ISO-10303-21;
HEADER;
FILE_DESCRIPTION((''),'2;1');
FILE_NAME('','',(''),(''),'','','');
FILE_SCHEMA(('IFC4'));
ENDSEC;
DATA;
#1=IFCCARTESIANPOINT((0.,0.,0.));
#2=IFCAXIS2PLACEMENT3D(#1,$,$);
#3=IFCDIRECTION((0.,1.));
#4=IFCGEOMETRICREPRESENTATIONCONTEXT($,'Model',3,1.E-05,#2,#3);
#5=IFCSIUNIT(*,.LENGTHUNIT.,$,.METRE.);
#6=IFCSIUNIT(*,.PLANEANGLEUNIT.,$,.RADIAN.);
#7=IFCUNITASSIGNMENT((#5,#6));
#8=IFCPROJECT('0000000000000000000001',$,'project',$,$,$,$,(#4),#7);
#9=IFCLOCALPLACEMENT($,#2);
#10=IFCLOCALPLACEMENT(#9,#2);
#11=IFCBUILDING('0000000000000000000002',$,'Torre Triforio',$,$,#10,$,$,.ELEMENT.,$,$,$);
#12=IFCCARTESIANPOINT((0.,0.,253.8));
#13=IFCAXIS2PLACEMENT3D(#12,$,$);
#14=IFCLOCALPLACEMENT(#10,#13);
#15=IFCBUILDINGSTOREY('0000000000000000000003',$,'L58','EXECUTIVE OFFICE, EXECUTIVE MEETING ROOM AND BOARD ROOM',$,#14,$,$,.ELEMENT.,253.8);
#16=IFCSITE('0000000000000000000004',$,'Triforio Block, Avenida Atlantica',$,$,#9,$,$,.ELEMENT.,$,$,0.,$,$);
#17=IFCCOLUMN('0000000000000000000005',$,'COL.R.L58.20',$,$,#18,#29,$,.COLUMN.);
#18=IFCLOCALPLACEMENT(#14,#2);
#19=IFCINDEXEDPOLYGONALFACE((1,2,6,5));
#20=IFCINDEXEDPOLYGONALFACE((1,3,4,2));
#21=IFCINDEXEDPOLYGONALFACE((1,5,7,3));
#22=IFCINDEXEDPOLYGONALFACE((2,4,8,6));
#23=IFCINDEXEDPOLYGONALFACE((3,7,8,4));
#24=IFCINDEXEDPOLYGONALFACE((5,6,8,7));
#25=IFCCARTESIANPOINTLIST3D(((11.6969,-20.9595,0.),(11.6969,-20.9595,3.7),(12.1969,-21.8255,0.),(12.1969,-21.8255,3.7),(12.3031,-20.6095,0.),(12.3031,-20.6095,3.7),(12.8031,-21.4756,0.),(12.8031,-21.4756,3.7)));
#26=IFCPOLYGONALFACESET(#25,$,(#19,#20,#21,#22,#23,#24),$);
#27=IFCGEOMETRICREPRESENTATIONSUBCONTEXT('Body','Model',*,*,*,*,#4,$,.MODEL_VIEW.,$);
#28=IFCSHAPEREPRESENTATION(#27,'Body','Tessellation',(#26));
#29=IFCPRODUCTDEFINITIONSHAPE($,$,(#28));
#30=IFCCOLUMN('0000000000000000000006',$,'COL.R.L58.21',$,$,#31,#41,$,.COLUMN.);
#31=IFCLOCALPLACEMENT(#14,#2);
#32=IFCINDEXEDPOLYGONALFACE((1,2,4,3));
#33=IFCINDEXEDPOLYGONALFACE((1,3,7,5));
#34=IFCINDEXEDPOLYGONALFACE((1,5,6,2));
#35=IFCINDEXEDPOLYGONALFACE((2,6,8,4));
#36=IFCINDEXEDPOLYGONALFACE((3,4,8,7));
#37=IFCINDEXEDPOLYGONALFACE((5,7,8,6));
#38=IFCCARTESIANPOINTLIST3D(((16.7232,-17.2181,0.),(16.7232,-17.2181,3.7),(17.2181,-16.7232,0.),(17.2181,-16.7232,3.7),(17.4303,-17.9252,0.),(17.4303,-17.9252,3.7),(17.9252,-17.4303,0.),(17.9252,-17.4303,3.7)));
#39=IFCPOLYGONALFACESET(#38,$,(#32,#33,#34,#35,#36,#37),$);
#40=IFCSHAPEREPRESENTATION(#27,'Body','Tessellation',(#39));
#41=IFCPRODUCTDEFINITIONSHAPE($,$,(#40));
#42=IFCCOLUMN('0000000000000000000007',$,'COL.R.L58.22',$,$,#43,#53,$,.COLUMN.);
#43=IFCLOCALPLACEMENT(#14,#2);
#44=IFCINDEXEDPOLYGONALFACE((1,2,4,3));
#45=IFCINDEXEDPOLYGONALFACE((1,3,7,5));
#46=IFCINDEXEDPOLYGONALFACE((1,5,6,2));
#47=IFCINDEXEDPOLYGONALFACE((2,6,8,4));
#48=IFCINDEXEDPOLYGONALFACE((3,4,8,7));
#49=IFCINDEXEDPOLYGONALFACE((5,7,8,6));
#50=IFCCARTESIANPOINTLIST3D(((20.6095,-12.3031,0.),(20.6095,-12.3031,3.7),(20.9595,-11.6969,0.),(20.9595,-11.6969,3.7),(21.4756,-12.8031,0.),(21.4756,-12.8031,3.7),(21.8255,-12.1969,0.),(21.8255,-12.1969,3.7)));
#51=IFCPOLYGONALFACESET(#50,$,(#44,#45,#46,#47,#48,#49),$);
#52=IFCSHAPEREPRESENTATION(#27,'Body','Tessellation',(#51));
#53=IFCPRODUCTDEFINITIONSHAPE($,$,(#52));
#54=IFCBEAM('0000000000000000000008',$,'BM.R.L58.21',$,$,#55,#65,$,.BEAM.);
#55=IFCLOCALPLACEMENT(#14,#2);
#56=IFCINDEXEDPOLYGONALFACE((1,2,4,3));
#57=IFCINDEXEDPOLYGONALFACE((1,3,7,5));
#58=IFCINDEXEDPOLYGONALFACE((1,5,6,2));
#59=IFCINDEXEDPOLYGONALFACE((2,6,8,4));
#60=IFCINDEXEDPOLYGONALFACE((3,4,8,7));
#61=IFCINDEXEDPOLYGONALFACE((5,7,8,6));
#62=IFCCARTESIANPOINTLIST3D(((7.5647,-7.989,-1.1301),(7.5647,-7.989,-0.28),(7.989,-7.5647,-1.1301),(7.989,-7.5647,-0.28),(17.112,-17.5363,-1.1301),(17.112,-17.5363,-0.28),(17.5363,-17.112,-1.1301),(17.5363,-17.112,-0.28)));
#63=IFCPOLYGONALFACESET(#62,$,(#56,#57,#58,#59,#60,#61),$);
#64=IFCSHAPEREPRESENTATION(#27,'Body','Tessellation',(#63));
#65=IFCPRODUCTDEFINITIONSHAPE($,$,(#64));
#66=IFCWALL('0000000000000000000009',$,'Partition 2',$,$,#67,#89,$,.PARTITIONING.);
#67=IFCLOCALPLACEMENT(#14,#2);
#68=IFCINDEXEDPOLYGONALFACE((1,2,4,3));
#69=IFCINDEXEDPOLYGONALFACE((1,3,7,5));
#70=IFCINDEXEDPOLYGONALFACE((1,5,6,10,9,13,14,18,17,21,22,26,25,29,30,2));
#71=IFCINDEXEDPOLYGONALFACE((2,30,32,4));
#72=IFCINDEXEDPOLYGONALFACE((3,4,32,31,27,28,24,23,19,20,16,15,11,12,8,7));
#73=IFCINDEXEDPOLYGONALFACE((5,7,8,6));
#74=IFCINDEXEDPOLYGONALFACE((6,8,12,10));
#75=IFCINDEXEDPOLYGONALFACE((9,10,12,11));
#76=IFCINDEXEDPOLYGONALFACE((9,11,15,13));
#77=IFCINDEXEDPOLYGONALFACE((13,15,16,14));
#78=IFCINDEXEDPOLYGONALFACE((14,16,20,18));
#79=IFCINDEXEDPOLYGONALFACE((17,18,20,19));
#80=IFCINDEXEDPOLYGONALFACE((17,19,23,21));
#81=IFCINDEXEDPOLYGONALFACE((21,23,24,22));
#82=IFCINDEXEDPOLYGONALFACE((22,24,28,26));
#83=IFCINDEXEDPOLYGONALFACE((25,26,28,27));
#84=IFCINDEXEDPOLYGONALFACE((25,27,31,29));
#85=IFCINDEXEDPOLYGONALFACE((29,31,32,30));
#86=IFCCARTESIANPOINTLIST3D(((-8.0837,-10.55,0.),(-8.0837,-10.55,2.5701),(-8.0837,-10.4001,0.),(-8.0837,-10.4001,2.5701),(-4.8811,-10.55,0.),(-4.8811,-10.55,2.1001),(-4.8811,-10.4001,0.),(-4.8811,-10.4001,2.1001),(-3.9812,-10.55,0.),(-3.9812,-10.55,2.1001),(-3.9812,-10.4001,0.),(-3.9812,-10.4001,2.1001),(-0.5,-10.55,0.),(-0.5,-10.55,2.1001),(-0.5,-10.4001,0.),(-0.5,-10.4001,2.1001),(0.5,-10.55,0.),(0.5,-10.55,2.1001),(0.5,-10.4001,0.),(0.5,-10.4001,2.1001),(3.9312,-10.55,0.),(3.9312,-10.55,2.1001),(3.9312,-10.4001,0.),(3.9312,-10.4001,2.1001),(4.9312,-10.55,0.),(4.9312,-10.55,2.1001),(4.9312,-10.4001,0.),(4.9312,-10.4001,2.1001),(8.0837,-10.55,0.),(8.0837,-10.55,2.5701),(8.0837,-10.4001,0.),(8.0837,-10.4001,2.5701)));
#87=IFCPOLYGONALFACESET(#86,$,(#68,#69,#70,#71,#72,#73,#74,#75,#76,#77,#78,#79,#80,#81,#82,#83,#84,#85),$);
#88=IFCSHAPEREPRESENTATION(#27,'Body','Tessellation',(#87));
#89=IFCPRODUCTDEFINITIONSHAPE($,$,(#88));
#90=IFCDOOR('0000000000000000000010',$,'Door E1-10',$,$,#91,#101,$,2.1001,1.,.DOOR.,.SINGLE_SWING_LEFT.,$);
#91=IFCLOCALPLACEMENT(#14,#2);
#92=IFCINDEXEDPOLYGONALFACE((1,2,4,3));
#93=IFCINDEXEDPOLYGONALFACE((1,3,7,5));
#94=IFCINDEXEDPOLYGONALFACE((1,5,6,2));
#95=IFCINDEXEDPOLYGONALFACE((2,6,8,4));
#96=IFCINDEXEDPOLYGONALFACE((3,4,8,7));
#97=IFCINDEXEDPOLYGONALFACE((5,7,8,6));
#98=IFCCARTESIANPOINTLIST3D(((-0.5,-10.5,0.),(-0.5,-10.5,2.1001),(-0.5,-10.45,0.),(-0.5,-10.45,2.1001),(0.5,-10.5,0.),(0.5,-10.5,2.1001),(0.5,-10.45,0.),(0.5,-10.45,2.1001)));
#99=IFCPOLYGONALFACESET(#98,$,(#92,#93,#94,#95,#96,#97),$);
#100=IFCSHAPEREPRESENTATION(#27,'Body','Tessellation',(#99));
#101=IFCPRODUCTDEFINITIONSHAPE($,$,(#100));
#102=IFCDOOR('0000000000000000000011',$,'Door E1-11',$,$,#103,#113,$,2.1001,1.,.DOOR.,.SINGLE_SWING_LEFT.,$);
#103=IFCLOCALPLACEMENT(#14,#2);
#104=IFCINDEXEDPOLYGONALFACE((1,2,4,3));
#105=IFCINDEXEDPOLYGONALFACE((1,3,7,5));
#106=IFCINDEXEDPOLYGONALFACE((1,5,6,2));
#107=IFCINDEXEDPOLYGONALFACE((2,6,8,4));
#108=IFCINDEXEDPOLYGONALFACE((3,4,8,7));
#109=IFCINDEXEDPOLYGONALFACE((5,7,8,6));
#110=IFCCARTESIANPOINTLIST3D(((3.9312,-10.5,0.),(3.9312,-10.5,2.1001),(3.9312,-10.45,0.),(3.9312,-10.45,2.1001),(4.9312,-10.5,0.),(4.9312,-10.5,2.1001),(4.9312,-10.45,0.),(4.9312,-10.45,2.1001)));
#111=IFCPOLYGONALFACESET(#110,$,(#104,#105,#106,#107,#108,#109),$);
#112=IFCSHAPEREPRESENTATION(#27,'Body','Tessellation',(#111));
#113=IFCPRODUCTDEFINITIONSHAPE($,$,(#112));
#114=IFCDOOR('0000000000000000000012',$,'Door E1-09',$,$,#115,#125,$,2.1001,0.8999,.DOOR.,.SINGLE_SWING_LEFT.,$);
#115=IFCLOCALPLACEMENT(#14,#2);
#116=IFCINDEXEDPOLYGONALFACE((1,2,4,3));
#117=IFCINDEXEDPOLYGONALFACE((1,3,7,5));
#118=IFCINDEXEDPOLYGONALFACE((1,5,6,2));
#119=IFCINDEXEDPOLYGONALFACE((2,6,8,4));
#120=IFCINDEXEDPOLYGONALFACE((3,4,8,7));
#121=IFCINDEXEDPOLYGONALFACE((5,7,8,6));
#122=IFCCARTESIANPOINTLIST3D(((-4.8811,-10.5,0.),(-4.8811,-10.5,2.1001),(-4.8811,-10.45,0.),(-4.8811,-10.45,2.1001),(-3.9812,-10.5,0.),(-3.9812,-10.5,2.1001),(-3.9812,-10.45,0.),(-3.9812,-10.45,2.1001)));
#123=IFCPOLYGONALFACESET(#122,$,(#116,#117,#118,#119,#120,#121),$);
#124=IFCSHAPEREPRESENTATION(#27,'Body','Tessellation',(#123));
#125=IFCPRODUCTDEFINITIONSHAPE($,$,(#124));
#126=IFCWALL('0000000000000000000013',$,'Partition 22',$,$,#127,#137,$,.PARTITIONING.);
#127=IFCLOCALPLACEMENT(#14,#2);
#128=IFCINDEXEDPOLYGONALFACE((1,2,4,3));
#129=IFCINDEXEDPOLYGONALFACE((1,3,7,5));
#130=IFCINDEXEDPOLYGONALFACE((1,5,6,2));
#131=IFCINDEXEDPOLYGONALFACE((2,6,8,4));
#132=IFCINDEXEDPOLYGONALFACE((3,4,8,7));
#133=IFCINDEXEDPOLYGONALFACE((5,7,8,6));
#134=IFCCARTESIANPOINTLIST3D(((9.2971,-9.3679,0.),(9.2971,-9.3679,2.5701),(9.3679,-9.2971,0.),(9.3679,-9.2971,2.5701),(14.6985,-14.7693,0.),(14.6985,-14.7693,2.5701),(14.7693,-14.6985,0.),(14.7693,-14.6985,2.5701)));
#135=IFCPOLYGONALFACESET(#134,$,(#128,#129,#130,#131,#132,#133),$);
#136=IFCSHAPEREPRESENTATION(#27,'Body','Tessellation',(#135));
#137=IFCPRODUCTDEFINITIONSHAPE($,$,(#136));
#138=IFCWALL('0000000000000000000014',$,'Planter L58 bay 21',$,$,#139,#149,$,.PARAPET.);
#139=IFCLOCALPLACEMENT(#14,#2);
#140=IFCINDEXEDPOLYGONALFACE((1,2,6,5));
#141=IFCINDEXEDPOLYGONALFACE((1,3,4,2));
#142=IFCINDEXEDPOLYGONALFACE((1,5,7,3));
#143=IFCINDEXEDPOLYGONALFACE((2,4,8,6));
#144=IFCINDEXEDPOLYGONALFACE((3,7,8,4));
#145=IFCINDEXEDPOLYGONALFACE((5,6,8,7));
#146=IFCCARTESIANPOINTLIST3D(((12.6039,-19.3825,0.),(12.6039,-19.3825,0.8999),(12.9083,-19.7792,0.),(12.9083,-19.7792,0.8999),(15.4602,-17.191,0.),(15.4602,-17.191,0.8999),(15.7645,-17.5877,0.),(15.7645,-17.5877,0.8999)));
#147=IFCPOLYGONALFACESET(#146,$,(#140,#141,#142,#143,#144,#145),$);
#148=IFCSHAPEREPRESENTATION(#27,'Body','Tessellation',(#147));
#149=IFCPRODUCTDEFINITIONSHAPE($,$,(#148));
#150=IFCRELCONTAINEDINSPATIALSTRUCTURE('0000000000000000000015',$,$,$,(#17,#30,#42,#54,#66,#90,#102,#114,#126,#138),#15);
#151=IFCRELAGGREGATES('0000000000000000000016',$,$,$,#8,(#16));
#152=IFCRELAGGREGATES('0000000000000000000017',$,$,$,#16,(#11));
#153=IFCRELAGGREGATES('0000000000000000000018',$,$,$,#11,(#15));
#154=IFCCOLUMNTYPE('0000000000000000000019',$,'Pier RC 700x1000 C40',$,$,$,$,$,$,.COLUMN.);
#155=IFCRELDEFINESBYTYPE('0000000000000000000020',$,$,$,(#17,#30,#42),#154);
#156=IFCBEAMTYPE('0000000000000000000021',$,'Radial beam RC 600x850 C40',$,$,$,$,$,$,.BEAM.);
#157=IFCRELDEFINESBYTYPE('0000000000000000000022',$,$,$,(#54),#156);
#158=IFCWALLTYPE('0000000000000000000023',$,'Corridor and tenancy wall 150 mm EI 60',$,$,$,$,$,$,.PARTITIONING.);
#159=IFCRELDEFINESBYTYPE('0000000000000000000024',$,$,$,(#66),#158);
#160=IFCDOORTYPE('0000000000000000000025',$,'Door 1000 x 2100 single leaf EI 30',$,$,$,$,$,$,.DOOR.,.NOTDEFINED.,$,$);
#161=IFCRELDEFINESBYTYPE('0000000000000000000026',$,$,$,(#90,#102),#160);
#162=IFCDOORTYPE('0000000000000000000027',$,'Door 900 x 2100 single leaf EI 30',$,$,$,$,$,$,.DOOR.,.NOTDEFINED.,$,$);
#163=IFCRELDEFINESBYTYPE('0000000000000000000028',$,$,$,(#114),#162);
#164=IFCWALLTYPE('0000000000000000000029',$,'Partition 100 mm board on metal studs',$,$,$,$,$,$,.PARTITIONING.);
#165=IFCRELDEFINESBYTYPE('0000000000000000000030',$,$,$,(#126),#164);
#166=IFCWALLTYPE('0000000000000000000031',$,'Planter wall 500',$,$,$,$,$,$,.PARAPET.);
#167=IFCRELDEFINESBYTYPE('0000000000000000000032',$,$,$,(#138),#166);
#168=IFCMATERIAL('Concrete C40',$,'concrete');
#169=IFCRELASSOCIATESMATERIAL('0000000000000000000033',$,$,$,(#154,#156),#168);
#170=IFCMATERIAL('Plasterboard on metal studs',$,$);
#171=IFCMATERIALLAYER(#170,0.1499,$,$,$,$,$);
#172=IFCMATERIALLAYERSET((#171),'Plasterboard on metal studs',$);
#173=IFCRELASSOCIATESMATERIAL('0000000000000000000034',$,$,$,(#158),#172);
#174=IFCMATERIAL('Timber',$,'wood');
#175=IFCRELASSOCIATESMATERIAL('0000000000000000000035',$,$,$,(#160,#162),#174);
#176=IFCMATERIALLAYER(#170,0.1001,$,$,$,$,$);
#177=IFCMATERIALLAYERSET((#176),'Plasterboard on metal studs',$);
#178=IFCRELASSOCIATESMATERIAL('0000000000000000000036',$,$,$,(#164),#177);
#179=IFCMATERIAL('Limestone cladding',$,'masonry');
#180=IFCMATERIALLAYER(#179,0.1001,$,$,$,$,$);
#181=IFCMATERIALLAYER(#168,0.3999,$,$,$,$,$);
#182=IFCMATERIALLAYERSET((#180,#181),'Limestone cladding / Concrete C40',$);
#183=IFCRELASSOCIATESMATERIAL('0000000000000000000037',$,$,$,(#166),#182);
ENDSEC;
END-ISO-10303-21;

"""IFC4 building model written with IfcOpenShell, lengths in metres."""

from ifc_helpers import new_model, si_unit, direction, frame, frame_2d, origin, origin_2d, place, context, subcontext, project, spatial, rectangle, extrude, material, layer, layer_set, material_profile, profile_set, type_object, element, fill, save


model = new_model("IFC4")

# Units and contexts
model_context = context("Model", 3, precision=1e-05, world=origin(), true_north=direction((0.0, 1.0)))
body_context = subcontext(model_context, "Body", "Model", "MODEL_VIEW")
ifc_project = project(units=[si_unit("LENGTHUNIT", "METRE"), si_unit("PLANEANGLEUNIT", "RADIAN")], contexts=[model_context])

# Site, building, storey
site_placement = place(None, origin())
site = spatial("IfcSite", under=ifc_project, at=site_placement, Name="Triforio Block, Avenida Atlantica", CompositionType="ELEMENT", RefElevation=0.0)
building_placement = place(site_placement, origin())
building = spatial("IfcBuilding", under=site, at=building_placement, Name="Torre Triforio", CompositionType="ELEMENT")
storey_placement = place(building_placement, frame((0.0, 0.0, 253.8)))
storey = spatial("IfcBuildingStorey", under=building, at=storey_placement, Name="L58", Description="EXECUTIVE OFFICE, EXECUTIVE MEETING ROOM AND BOARD ROOM", CompositionType="ELEMENT", Elevation=253.8)

# Columns
ifc_material_1 = material(Name="Concrete C40", Category="concrete")
ifc_material_profile_1 = material_profile(ifc_material_1, rectangle(XDim=0.7, YDim=1.0, at=origin_2d()), Name="RC 700x1000")
ifc_profile_set_1 = profile_set([ifc_material_profile_1], Name="Concrete C40")
column_type = type_object("IfcColumnType", Name="Pier RC 700x1000 C40", PredefinedType="COLUMN", material=ifc_profile_set_1)
for number, where, z_axis, x_axis, name in (
    (1, (12.25, -21.2175, 0.0), (0.0, 0.0, 1.0), (0.866025, 0.5, 0.0), "COL.R.L58.20"),
    (2, (17.3242, -17.3242, 0.0), (0.0, 0.0, 1.0), (0.707107, 0.707107, 0.0), "COL.R.L58.21"),
    (3, (21.2175, -12.25, 0.0), (0.0, 0.0, 1.0), (0.5, 0.866025, 0.0), "COL.R.L58.22"),
):
    element("IfcColumn", number, at=place(storey_placement, frame(where, z_axis=z_axis, x_axis=x_axis)), inside=storey, type_object=column_type, Name=name, PredefinedType="COLUMN", context=body_context, shape_type="SweptSolid", body=[
        extrude(rectangle(XDim=0.7, YDim=1.0, at=origin_2d()), origin(), (0.0, 0.0, 1.0), 3.7),
    ])

# Beam
ifc_material_profile_2 = material_profile(ifc_material_1, rectangle(XDim=0.6001, YDim=0.8501, at=origin_2d()), Name="RC 600x850")
ifc_profile_set_2 = profile_set([ifc_material_profile_2], Name="Concrete C40")
beam_type = type_object("IfcBeamType", Name="Radial beam RC 600x850 C40", PredefinedType="BEAM", material=ifc_profile_set_2)
beam_placement = place(storey_placement, frame((7.7769, -7.7769, -0.7051), z_axis=(0.707107, -0.707107, 0.0), x_axis=(0.707107, 0.707107, 0.0)))
element("IfcBeam", 4, at=beam_placement, inside=storey, type_object=beam_type, Name="BM.R.L58.21", PredefinedType="BEAM", context=body_context, shape_type="SweptSolid", body=[
    extrude(rectangle(XDim=0.6001, YDim=0.8501, at=origin_2d()), origin(), (0.0, 0.0, 1.0), 13.502),
])

# Wall, openings, doors
ifc_material_2 = material(Name="Plasterboard on metal studs")
ifc_layer_1 = layer(ifc_material_2, 0.1499)
ifc_layer_set_1 = layer_set([ifc_layer_1], Name="Plasterboard on metal studs")
wall_type_1 = type_object("IfcWallType", Name="Corridor and tenancy wall 150 mm EI 60", PredefinedType="PARTITIONING", material=ifc_layer_set_1)
wall_1_placement = place(storey_placement, frame((8.0837, -10.4751, 0.0), z_axis=(0.0, 0.0, 1.0), x_axis=(-1.0, 0.0, 0.0)))
wall_1 = element("IfcWall", 5, at=wall_1_placement, inside=storey, type_object=wall_type_1, Name="Partition 2", PredefinedType="PARTITIONING", context=body_context, shape_type="SweptSolid", body=[
    extrude(rectangle(XDim=16.1675, YDim=0.1499, at=frame_2d((8.0837, 0.0))), origin(), (0.0, 0.0, 1.0), 2.5701),
])
opening_1_placement = place(wall_1_placement, frame((12.0649, 0.0, 0.0)))
opening_1 = element("IfcOpeningElement", 6, at=opening_1_placement, cuts=wall_1, PredefinedType="OPENING", context=body_context, shape_type="SweptSolid", body=[
    extrude(rectangle(XDim=0.8999, YDim=2.1001, at=frame_2d((0.45, 1.05))), frame((0.0, 0.085, 0.0), z_axis=(0.0, -1.0, 0.0), x_axis=(1.0, 0.0, 0.0)), (0.0, 0.0, 1.0), 0.1699),
])
opening_2_placement = place(wall_1_placement, frame((7.5837, 0.0, 0.0)))
opening_2 = element("IfcOpeningElement", 7, at=opening_2_placement, cuts=wall_1, PredefinedType="OPENING", context=body_context, shape_type="SweptSolid", body=[
    extrude(rectangle(XDim=1.0, YDim=2.1001, at=frame_2d((0.5, 1.05))), frame((0.0, 0.085, 0.0), z_axis=(0.0, -1.0, 0.0), x_axis=(1.0, 0.0, 0.0)), (0.0, 0.0, 1.0), 0.1699),
])
opening_3_placement = place(wall_1_placement, frame((3.1526, 0.0, 0.0)))
opening_3 = element("IfcOpeningElement", 8, at=opening_3_placement, cuts=wall_1, PredefinedType="OPENING", context=body_context, shape_type="SweptSolid", body=[
    extrude(rectangle(XDim=1.0, YDim=2.1001, at=frame_2d((0.5, 1.05))), frame((0.0, 0.085, 0.0), z_axis=(0.0, -1.0, 0.0), x_axis=(1.0, 0.0, 0.0)), (0.0, 0.0, 1.0), 0.1699),
])
ifc_material_3 = material(Name="Timber", Category="wood")
door_type_1 = type_object("IfcDoorType", Name="Door 1000 x 2100 single leaf EI 30", OperationType="NOTDEFINED", PredefinedType="DOOR", material=ifc_material_3)
door_1_placement = place(opening_2_placement, origin())
door_1 = element("IfcDoor", 9, at=door_1_placement, inside=storey, type_object=door_type_1, Name="Door E1-10", OperationType="SINGLE_SWING_LEFT", OverallHeight=2.1001, OverallWidth=1.0, PredefinedType="DOOR", context=body_context, shape_type="SweptSolid", body=[
    extrude(rectangle(XDim=1.0, YDim=2.1001, at=frame_2d((0.5, 1.05))), frame((0.0, 0.0249, 0.0), z_axis=(0.0, -1.0, 0.0), x_axis=(1.0, 0.0, 0.0)), (0.0, 0.0, 1.0), 0.05),
])
fill(opening_2, door_1)
door_2_placement = place(opening_3_placement, origin())
door_2 = element("IfcDoor", 10, at=door_2_placement, inside=storey, type_object=door_type_1, Name="Door E1-11", OperationType="SINGLE_SWING_LEFT", OverallHeight=2.1001, OverallWidth=1.0, PredefinedType="DOOR", context=body_context, shape_type="SweptSolid", body=[
    extrude(rectangle(XDim=1.0, YDim=2.1001, at=frame_2d((0.5, 1.05))), frame((0.0, 0.0249, 0.0), z_axis=(0.0, -1.0, 0.0), x_axis=(1.0, 0.0, 0.0)), (0.0, 0.0, 1.0), 0.05),
])
fill(opening_3, door_2)
door_type_2 = type_object("IfcDoorType", Name="Door 900 x 2100 single leaf EI 30", OperationType="NOTDEFINED", PredefinedType="DOOR", material=ifc_material_3)
door_3_placement = place(opening_1_placement, origin())
door_3 = element("IfcDoor", 11, at=door_3_placement, inside=storey, type_object=door_type_2, Name="Door E1-09", OperationType="SINGLE_SWING_LEFT", OverallHeight=2.1001, OverallWidth=0.8999, PredefinedType="DOOR", context=body_context, shape_type="SweptSolid", body=[
    extrude(rectangle(XDim=0.8999, YDim=2.1001, at=frame_2d((0.45, 1.05))), frame((0.0, 0.0249, 0.0), z_axis=(0.0, -1.0, 0.0), x_axis=(1.0, 0.0, 0.0)), (0.0, 0.0, 1.0), 0.05),
])
fill(opening_1, door_3)

# Walls
ifc_layer_2 = layer(ifc_material_2, 0.1001)
ifc_layer_set_2 = layer_set([ifc_layer_2], Name="Plasterboard on metal studs")
wall_type_2 = type_object("IfcWallType", Name="Partition 100 mm board on metal studs", PredefinedType="PARTITIONING", material=ifc_layer_set_2)
wall_2_placement = place(storey_placement, frame((9.3325, -9.3325, 0.0), z_axis=(0.0, 0.0, 1.0), x_axis=(0.707107, -0.707107, 0.0)))
element("IfcWall", 12, at=wall_2_placement, inside=storey, type_object=wall_type_2, Name="Partition 22", PredefinedType="PARTITIONING", context=body_context, shape_type="SweptSolid", body=[
    extrude(rectangle(XDim=7.6387, YDim=0.1001, at=frame_2d((3.8193, 0.0))), origin(), (0.0, 0.0, 1.0), 2.5701),
])
ifc_material_4 = material(Name="Limestone cladding", Category="masonry")
ifc_layer_3 = layer(ifc_material_4, 0.1001)
ifc_layer_4 = layer(ifc_material_1, 0.3999)
ifc_layer_set_3 = layer_set([ifc_layer_3, ifc_layer_4], Name="Limestone cladding / Concrete C40")
wall_type_3 = type_object("IfcWallType", Name="Planter wall 500", PredefinedType="PARAPET", material=ifc_layer_set_3)
wall_3_placement = place(storey_placement, frame((12.7561, -19.5808, 0.0), z_axis=(0.0, 0.0, 1.0), x_axis=(0.793385, 0.608721, 0.0)))
element("IfcWall", 13, at=wall_3_placement, inside=storey, type_object=wall_type_3, Name="Planter L58 bay 21", PredefinedType="PARAPET", context=body_context, shape_type="SweptSolid", body=[
    extrude(rectangle(XDim=3.6001, YDim=0.5, at=frame_2d((1.8, 0.0))), origin(), (0.0, 0.0, 1.0), 0.8999),
])

save(model, "model.ifc")
